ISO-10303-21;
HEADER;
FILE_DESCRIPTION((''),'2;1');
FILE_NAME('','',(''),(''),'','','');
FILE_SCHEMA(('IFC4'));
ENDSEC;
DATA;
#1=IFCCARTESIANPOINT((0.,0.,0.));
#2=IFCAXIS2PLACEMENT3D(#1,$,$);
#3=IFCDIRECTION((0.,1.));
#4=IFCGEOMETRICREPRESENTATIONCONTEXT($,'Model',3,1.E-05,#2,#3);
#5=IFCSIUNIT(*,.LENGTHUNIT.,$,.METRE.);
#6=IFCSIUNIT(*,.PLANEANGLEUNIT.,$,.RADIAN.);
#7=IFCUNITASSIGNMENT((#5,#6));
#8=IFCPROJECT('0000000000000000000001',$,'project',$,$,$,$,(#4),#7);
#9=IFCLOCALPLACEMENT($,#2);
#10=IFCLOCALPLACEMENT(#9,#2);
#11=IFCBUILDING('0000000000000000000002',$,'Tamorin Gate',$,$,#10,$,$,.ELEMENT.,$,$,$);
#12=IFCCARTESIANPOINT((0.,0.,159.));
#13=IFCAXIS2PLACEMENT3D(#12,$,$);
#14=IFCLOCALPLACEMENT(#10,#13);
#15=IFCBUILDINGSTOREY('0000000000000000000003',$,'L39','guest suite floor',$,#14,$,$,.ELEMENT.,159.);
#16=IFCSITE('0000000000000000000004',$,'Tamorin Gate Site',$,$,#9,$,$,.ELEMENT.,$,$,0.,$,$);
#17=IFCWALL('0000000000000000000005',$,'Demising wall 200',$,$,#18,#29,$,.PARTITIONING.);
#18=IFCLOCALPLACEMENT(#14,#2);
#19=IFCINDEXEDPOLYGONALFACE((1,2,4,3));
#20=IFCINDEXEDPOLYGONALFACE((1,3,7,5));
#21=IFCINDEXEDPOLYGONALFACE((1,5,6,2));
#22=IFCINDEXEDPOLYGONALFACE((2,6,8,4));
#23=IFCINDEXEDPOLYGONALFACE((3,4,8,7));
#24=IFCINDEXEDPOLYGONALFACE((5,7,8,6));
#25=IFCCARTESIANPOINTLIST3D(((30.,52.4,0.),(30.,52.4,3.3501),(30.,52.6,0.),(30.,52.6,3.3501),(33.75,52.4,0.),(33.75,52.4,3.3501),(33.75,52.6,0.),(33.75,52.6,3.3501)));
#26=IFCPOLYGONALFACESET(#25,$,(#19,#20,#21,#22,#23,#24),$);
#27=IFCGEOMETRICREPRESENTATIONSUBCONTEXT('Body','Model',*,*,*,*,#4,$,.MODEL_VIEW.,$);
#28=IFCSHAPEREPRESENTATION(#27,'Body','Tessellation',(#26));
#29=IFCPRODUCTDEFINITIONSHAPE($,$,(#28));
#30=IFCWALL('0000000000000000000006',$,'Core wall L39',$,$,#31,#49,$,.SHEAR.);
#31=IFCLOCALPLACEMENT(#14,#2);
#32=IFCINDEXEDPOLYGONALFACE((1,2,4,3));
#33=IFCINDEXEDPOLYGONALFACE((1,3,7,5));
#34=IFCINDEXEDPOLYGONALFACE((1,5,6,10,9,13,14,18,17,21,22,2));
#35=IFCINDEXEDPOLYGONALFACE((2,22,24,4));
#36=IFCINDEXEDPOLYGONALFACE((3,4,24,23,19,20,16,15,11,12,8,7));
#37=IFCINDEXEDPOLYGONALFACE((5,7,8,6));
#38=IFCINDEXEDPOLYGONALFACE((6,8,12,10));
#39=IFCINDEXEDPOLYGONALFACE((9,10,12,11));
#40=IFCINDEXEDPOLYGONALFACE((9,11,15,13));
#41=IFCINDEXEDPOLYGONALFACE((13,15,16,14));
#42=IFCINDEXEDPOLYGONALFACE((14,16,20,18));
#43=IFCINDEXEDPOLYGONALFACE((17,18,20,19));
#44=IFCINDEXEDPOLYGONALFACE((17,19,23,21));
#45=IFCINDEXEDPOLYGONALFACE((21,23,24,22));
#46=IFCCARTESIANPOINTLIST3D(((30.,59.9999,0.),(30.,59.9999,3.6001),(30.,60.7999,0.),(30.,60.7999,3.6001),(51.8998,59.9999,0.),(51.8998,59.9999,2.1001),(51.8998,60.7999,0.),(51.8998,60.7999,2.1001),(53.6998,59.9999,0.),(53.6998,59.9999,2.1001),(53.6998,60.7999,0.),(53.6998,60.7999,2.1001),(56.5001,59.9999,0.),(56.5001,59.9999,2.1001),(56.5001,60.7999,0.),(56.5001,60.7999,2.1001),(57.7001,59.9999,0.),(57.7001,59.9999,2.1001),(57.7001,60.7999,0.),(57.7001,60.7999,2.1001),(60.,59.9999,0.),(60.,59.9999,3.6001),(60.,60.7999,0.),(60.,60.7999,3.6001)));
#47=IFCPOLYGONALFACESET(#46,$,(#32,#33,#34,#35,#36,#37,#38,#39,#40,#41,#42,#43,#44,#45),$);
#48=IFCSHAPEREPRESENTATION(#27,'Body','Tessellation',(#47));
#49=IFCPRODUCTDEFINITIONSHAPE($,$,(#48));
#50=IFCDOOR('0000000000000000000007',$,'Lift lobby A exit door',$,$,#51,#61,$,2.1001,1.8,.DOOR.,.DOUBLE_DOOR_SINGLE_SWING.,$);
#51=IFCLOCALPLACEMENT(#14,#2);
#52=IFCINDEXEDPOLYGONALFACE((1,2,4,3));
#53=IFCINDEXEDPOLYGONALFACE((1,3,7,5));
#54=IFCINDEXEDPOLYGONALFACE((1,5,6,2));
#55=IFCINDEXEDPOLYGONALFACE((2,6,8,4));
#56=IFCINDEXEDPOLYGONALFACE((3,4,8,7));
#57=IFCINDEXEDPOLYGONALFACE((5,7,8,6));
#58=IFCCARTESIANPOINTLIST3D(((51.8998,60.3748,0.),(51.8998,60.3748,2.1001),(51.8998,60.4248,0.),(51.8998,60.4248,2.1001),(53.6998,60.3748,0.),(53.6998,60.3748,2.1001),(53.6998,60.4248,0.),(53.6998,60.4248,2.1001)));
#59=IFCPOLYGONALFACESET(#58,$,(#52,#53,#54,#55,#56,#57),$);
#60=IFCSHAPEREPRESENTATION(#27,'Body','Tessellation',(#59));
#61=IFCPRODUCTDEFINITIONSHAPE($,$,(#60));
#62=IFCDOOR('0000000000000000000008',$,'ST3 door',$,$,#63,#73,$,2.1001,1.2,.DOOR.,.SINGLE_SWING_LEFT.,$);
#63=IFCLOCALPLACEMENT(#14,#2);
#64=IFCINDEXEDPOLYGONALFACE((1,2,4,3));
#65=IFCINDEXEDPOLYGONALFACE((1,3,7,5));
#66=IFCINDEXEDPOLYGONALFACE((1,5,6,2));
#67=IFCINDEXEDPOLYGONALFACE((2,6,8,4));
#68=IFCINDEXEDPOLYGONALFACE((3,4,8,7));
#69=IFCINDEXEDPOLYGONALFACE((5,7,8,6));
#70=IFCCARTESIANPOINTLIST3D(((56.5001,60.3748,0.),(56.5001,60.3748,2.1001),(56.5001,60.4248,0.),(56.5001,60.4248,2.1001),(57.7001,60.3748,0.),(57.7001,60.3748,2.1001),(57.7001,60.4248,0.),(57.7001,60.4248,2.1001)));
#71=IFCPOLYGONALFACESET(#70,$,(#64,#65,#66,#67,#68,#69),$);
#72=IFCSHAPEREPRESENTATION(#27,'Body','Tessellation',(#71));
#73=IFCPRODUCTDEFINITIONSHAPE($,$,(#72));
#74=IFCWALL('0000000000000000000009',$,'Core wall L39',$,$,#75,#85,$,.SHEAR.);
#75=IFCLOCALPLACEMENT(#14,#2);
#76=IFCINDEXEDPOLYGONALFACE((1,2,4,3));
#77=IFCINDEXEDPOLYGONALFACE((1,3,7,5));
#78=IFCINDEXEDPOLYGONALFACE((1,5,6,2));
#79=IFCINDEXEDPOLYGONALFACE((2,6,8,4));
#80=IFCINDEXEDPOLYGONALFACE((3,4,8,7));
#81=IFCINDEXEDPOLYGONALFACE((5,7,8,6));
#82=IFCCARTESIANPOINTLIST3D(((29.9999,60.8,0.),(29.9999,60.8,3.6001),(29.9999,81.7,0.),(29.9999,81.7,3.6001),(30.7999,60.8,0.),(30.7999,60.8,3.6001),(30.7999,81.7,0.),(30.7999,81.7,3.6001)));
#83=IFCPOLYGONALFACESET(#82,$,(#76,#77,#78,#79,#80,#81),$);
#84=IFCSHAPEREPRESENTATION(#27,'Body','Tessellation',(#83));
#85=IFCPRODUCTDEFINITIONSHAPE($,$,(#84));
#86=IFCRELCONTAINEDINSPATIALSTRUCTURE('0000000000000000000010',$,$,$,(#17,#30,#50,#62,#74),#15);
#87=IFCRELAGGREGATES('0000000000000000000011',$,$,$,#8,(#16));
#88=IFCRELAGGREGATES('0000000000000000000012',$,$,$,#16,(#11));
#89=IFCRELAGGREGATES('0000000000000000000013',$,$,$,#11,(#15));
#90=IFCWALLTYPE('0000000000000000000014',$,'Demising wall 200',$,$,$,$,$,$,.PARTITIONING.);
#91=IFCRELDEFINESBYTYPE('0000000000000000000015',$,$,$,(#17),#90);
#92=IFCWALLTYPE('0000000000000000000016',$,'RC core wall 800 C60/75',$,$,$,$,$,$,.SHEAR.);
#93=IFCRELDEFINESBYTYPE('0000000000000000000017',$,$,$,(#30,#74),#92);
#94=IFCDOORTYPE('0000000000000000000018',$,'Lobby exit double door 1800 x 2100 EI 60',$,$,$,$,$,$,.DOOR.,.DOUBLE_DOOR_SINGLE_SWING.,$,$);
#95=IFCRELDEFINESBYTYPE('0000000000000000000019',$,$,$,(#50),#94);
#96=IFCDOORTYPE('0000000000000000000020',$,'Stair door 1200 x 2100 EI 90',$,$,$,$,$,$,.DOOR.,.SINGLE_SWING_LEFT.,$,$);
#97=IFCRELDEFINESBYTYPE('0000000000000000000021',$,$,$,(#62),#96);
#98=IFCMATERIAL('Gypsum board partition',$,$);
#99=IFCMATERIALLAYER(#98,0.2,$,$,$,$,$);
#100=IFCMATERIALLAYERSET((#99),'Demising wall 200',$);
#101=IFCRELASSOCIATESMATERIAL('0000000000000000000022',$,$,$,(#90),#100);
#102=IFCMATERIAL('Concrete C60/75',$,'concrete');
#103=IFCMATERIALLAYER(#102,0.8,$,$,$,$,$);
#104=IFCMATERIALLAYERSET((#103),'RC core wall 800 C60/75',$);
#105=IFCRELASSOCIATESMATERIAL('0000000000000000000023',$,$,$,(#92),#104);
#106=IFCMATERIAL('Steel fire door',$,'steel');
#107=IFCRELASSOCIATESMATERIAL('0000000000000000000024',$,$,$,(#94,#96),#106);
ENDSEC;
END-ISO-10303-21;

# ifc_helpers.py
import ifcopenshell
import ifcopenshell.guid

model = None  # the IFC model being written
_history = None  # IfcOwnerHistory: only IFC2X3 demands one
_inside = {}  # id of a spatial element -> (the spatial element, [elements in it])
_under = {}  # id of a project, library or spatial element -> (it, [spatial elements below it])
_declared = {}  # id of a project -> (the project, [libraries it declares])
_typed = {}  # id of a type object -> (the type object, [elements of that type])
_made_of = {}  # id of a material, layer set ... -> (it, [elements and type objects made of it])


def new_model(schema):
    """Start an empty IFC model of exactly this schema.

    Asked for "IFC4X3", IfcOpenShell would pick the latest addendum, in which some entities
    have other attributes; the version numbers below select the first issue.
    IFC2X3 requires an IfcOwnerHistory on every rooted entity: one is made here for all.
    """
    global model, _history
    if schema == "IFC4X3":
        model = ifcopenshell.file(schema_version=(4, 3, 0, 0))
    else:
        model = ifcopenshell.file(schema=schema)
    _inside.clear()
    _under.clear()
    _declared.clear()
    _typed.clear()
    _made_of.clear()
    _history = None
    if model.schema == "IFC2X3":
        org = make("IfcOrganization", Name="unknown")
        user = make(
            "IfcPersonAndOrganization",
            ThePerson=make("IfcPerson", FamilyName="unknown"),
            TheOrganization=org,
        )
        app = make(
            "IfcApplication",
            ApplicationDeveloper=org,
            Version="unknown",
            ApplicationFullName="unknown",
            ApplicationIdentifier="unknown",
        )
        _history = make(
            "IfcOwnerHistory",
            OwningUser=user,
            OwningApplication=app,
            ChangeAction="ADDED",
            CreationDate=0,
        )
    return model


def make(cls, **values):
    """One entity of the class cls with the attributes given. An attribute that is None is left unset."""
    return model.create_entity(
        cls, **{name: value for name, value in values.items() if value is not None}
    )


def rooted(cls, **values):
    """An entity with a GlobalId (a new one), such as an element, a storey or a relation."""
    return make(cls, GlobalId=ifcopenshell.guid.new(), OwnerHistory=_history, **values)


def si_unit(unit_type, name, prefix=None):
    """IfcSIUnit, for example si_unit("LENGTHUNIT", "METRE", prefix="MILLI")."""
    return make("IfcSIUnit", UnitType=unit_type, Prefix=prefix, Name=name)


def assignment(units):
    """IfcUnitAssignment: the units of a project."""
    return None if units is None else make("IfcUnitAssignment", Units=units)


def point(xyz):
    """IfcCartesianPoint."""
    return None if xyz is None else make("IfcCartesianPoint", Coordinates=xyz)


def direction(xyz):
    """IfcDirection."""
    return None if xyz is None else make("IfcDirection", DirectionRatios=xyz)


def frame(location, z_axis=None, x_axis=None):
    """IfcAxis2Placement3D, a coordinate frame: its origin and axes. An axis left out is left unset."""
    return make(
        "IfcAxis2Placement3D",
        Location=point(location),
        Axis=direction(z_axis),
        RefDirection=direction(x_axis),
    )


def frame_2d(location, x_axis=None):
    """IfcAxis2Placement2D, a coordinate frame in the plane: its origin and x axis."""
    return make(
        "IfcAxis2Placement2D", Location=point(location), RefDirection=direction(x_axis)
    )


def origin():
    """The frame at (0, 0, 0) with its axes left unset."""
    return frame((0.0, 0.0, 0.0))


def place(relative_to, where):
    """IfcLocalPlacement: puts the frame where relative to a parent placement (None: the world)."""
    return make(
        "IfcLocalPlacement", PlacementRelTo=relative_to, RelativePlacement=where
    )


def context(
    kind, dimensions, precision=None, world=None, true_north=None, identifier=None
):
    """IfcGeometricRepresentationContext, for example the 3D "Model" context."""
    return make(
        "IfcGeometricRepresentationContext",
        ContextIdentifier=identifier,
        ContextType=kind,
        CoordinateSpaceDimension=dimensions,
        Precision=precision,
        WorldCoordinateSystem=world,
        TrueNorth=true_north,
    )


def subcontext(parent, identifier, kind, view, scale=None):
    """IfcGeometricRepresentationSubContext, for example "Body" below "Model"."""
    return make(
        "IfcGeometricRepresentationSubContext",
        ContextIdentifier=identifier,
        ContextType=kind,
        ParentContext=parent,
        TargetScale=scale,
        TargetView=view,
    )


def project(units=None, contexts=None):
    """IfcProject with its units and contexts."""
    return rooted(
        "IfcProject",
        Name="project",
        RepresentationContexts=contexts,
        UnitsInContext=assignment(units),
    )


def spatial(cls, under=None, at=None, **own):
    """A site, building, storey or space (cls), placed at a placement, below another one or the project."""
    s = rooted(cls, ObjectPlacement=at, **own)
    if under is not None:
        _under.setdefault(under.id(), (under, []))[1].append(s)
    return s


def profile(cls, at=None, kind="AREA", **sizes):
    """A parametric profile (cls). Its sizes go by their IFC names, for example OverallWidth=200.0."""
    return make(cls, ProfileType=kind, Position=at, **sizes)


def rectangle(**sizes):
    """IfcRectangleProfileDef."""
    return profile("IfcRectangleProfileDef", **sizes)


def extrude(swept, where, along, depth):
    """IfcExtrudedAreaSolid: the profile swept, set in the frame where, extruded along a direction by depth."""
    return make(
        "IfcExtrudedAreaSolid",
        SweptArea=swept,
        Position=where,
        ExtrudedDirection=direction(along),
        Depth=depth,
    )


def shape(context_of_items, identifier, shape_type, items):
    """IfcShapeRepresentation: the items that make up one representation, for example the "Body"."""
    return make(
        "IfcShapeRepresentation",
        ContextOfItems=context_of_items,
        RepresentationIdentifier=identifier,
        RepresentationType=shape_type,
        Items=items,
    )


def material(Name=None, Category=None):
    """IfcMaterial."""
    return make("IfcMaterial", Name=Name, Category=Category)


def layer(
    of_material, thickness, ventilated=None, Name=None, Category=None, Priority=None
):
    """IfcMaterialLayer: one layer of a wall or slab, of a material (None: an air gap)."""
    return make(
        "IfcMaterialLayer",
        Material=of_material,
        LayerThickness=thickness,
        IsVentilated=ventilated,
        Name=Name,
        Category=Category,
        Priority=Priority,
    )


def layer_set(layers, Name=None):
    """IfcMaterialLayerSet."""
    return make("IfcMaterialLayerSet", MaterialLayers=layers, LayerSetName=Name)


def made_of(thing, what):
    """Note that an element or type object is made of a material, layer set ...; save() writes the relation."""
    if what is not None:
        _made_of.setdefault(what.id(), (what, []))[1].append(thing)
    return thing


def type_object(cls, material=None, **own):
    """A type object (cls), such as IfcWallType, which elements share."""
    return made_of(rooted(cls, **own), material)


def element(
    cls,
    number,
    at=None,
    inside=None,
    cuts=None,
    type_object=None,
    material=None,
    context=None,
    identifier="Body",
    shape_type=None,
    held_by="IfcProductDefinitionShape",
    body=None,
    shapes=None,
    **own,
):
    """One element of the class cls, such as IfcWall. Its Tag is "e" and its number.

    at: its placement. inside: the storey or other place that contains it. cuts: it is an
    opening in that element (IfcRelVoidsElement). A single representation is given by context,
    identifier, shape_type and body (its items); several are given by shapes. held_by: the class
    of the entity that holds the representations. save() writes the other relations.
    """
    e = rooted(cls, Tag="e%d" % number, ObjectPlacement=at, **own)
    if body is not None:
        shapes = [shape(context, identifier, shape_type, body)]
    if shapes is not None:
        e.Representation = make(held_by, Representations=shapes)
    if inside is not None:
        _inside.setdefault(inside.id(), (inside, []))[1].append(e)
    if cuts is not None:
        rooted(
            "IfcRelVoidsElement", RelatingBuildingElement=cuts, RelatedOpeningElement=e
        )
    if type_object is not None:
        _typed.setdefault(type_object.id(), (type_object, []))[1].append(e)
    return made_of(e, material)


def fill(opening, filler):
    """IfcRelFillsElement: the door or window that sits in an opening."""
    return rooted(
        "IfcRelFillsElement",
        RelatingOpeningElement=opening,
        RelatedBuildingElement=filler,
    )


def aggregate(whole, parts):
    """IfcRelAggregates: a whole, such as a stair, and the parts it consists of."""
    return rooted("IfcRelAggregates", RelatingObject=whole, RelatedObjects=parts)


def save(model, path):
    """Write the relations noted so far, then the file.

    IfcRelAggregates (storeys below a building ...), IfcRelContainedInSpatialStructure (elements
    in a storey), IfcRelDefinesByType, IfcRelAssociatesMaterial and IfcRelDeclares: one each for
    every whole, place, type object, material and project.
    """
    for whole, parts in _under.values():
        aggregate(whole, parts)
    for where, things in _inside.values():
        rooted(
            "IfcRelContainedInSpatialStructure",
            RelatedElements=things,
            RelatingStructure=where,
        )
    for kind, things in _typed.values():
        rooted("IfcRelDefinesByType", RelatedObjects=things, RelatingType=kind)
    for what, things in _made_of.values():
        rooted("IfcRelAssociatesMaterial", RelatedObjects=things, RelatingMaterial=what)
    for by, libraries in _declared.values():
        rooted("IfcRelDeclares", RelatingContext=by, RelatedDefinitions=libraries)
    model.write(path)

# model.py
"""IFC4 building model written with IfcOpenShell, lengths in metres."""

from ifc_helpers import new_model, si_unit, direction, frame, frame_2d, origin, place, context, subcontext, project, spatial, rectangle, extrude, material, layer, layer_set, type_object, element, fill, save


model = new_model("IFC4")

# Units and contexts
model_context = context("Model", 3, precision=1e-05, world=origin(), true_north=direction((0.0, 1.0)))
body_context = subcontext(model_context, "Body", "Model", "MODEL_VIEW")
ifc_project = project(units=[si_unit("LENGTHUNIT", "METRE"), si_unit("PLANEANGLEUNIT", "RADIAN")], contexts=[model_context])

# Site, building, storey
site_placement = place(None, origin())
site = spatial("IfcSite", under=ifc_project, at=site_placement, Name="Tamorin Gate Site", CompositionType="ELEMENT", RefElevation=0.0)
building_placement = place(site_placement, origin())
building = spatial("IfcBuilding", under=site, at=building_placement, Name="Tamorin Gate", CompositionType="ELEMENT")
storey_placement = place(building_placement, frame((0.0, 0.0, 159.0)))
storey = spatial("IfcBuildingStorey", under=building, at=storey_placement, Name="L39", Description="guest suite floor", CompositionType="ELEMENT", Elevation=159.0)

# Shared definitions
ifc_material_1 = material(Name="Gypsum board partition")

# Wall
ifc_layer_1 = layer(ifc_material_1, 0.2)
ifc_layer_set_1 = layer_set([ifc_layer_1], Name="Demising wall 200")
wall_type_1 = type_object("IfcWallType", Name="Demising wall 200", PredefinedType="PARTITIONING", material=ifc_layer_set_1)
wall_1_placement = place(storey_placement, frame((30.0, 52.5, 0.0), z_axis=(0.0, 0.0, 1.0), x_axis=(1.0, 0.0, 0.0)))
element("IfcWall", 1, at=wall_1_placement, inside=storey, type_object=wall_type_1, Name="Demising wall 200", PredefinedType="PARTITIONING", context=body_context, shape_type="SweptSolid", body=[
    extrude(rectangle(XDim=3.75, YDim=0.2, at=frame_2d((1.875, 0.0))), origin(), (0.0, 0.0, 1.0), 3.3501),
])

# Wall, openings, doors
ifc_material_2 = material(Name="Concrete C60/75", Category="concrete")
ifc_layer_2 = layer(ifc_material_2, 0.8)
ifc_layer_set_2 = layer_set([ifc_layer_2], Name="RC core wall 800 C60/75")
wall_type_2 = type_object("IfcWallType", Name="RC core wall 800 C60/75", PredefinedType="SHEAR", material=ifc_layer_set_2)
wall_2_placement = place(storey_placement, frame((30.0, 60.3999, 0.0), z_axis=(0.0, 0.0, 1.0), x_axis=(1.0, 0.0, 0.0)))
wall_2 = element("IfcWall", 2, at=wall_2_placement, inside=storey, type_object=wall_type_2, Name="Core wall L39", PredefinedType="SHEAR", context=body_context, shape_type="SweptSolid", body=[
    extrude(rectangle(XDim=30.0, YDim=0.8, at=frame_2d((15.0, 0.0))), origin(), (0.0, 0.0, 1.0), 3.6001),
])
opening_1_placement = place(wall_2_placement, frame((21.8999, 0.0, 0.0)))
opening_1 = element("IfcOpeningElement", 3, at=opening_1_placement, cuts=wall_2, PredefinedType="OPENING", context=body_context, shape_type="SweptSolid", body=[
    extrude(rectangle(XDim=1.8, YDim=2.1001, at=frame_2d((0.8999, 1.05))), frame((0.0, 0.4099, 0.0), z_axis=(0.0, -1.0, 0.0), x_axis=(1.0, 0.0, 0.0)), (0.0, 0.0, 1.0), 0.8201),
])
opening_2_placement = place(wall_2_placement, frame((26.5, 0.0, 0.0)))
opening_2 = element("IfcOpeningElement", 4, at=opening_2_placement, cuts=wall_2, PredefinedType="OPENING", context=body_context, shape_type="SweptSolid", body=[
    extrude(rectangle(XDim=1.2, YDim=2.1001, at=frame_2d((0.6001, 1.05))), frame((0.0, 0.4099, 0.0), z_axis=(0.0, -1.0, 0.0), x_axis=(1.0, 0.0, 0.0)), (0.0, 0.0, 1.0), 0.8201),
])
ifc_material_3 = material(Name="Steel fire door", Category="steel")
door_type_1 = type_object("IfcDoorType", Name="Lobby exit double door 1800 x 2100 EI 60", OperationType="DOUBLE_DOOR_SINGLE_SWING", PredefinedType="DOOR", material=ifc_material_3)
door_1_placement = place(opening_1_placement, origin())
door_1 = element("IfcDoor", 5, at=door_1_placement, inside=storey, type_object=door_type_1, Name="Lift lobby A exit door", OperationType="DOUBLE_DOOR_SINGLE_SWING", OverallHeight=2.1001, OverallWidth=1.8, PredefinedType="DOOR", context=body_context, shape_type="SweptSolid", body=[
    extrude(rectangle(XDim=1.8, YDim=2.1001, at=frame_2d((0.8999, 1.05))), frame((0.0, 0.0249, 0.0), z_axis=(0.0, -1.0, 0.0), x_axis=(1.0, 0.0, 0.0)), (0.0, 0.0, 1.0), 0.05),
])
fill(opening_1, door_1)
door_type_2 = type_object("IfcDoorType", Name="Stair door 1200 x 2100 EI 90", OperationType="SINGLE_SWING_LEFT", PredefinedType="DOOR", material=ifc_material_3)
door_2_placement = place(opening_2_placement, origin())
door_2 = element("IfcDoor", 6, at=door_2_placement, inside=storey, type_object=door_type_2, Name="ST3 door", OperationType="SINGLE_SWING_LEFT", OverallHeight=2.1001, OverallWidth=1.2, PredefinedType="DOOR", context=body_context, shape_type="SweptSolid", body=[
    extrude(rectangle(XDim=1.2, YDim=2.1001, at=frame_2d((0.6001, 1.05))), frame((0.0, 0.0249, 0.0), z_axis=(0.0, -1.0, 0.0), x_axis=(1.0, 0.0, 0.0)), (0.0, 0.0, 1.0), 0.05),
])
fill(opening_2, door_2)

# Wall
wall_3_placement = place(storey_placement, frame((30.3999, 60.8, 0.0), z_axis=(0.0, 0.0, 1.0), x_axis=(0.0, 1.0, 0.0)))
element("IfcWall", 7, at=wall_3_placement, inside=storey, type_object=wall_type_2, Name="Core wall L39", PredefinedType="SHEAR", context=body_context, shape_type="SweptSolid", body=[
    extrude(rectangle(XDim=20.8999, YDim=0.8, at=frame_2d((10.45, 0.0))), origin(), (0.0, 0.0, 1.0), 3.6001),
])

save(model, "model.ifc")
